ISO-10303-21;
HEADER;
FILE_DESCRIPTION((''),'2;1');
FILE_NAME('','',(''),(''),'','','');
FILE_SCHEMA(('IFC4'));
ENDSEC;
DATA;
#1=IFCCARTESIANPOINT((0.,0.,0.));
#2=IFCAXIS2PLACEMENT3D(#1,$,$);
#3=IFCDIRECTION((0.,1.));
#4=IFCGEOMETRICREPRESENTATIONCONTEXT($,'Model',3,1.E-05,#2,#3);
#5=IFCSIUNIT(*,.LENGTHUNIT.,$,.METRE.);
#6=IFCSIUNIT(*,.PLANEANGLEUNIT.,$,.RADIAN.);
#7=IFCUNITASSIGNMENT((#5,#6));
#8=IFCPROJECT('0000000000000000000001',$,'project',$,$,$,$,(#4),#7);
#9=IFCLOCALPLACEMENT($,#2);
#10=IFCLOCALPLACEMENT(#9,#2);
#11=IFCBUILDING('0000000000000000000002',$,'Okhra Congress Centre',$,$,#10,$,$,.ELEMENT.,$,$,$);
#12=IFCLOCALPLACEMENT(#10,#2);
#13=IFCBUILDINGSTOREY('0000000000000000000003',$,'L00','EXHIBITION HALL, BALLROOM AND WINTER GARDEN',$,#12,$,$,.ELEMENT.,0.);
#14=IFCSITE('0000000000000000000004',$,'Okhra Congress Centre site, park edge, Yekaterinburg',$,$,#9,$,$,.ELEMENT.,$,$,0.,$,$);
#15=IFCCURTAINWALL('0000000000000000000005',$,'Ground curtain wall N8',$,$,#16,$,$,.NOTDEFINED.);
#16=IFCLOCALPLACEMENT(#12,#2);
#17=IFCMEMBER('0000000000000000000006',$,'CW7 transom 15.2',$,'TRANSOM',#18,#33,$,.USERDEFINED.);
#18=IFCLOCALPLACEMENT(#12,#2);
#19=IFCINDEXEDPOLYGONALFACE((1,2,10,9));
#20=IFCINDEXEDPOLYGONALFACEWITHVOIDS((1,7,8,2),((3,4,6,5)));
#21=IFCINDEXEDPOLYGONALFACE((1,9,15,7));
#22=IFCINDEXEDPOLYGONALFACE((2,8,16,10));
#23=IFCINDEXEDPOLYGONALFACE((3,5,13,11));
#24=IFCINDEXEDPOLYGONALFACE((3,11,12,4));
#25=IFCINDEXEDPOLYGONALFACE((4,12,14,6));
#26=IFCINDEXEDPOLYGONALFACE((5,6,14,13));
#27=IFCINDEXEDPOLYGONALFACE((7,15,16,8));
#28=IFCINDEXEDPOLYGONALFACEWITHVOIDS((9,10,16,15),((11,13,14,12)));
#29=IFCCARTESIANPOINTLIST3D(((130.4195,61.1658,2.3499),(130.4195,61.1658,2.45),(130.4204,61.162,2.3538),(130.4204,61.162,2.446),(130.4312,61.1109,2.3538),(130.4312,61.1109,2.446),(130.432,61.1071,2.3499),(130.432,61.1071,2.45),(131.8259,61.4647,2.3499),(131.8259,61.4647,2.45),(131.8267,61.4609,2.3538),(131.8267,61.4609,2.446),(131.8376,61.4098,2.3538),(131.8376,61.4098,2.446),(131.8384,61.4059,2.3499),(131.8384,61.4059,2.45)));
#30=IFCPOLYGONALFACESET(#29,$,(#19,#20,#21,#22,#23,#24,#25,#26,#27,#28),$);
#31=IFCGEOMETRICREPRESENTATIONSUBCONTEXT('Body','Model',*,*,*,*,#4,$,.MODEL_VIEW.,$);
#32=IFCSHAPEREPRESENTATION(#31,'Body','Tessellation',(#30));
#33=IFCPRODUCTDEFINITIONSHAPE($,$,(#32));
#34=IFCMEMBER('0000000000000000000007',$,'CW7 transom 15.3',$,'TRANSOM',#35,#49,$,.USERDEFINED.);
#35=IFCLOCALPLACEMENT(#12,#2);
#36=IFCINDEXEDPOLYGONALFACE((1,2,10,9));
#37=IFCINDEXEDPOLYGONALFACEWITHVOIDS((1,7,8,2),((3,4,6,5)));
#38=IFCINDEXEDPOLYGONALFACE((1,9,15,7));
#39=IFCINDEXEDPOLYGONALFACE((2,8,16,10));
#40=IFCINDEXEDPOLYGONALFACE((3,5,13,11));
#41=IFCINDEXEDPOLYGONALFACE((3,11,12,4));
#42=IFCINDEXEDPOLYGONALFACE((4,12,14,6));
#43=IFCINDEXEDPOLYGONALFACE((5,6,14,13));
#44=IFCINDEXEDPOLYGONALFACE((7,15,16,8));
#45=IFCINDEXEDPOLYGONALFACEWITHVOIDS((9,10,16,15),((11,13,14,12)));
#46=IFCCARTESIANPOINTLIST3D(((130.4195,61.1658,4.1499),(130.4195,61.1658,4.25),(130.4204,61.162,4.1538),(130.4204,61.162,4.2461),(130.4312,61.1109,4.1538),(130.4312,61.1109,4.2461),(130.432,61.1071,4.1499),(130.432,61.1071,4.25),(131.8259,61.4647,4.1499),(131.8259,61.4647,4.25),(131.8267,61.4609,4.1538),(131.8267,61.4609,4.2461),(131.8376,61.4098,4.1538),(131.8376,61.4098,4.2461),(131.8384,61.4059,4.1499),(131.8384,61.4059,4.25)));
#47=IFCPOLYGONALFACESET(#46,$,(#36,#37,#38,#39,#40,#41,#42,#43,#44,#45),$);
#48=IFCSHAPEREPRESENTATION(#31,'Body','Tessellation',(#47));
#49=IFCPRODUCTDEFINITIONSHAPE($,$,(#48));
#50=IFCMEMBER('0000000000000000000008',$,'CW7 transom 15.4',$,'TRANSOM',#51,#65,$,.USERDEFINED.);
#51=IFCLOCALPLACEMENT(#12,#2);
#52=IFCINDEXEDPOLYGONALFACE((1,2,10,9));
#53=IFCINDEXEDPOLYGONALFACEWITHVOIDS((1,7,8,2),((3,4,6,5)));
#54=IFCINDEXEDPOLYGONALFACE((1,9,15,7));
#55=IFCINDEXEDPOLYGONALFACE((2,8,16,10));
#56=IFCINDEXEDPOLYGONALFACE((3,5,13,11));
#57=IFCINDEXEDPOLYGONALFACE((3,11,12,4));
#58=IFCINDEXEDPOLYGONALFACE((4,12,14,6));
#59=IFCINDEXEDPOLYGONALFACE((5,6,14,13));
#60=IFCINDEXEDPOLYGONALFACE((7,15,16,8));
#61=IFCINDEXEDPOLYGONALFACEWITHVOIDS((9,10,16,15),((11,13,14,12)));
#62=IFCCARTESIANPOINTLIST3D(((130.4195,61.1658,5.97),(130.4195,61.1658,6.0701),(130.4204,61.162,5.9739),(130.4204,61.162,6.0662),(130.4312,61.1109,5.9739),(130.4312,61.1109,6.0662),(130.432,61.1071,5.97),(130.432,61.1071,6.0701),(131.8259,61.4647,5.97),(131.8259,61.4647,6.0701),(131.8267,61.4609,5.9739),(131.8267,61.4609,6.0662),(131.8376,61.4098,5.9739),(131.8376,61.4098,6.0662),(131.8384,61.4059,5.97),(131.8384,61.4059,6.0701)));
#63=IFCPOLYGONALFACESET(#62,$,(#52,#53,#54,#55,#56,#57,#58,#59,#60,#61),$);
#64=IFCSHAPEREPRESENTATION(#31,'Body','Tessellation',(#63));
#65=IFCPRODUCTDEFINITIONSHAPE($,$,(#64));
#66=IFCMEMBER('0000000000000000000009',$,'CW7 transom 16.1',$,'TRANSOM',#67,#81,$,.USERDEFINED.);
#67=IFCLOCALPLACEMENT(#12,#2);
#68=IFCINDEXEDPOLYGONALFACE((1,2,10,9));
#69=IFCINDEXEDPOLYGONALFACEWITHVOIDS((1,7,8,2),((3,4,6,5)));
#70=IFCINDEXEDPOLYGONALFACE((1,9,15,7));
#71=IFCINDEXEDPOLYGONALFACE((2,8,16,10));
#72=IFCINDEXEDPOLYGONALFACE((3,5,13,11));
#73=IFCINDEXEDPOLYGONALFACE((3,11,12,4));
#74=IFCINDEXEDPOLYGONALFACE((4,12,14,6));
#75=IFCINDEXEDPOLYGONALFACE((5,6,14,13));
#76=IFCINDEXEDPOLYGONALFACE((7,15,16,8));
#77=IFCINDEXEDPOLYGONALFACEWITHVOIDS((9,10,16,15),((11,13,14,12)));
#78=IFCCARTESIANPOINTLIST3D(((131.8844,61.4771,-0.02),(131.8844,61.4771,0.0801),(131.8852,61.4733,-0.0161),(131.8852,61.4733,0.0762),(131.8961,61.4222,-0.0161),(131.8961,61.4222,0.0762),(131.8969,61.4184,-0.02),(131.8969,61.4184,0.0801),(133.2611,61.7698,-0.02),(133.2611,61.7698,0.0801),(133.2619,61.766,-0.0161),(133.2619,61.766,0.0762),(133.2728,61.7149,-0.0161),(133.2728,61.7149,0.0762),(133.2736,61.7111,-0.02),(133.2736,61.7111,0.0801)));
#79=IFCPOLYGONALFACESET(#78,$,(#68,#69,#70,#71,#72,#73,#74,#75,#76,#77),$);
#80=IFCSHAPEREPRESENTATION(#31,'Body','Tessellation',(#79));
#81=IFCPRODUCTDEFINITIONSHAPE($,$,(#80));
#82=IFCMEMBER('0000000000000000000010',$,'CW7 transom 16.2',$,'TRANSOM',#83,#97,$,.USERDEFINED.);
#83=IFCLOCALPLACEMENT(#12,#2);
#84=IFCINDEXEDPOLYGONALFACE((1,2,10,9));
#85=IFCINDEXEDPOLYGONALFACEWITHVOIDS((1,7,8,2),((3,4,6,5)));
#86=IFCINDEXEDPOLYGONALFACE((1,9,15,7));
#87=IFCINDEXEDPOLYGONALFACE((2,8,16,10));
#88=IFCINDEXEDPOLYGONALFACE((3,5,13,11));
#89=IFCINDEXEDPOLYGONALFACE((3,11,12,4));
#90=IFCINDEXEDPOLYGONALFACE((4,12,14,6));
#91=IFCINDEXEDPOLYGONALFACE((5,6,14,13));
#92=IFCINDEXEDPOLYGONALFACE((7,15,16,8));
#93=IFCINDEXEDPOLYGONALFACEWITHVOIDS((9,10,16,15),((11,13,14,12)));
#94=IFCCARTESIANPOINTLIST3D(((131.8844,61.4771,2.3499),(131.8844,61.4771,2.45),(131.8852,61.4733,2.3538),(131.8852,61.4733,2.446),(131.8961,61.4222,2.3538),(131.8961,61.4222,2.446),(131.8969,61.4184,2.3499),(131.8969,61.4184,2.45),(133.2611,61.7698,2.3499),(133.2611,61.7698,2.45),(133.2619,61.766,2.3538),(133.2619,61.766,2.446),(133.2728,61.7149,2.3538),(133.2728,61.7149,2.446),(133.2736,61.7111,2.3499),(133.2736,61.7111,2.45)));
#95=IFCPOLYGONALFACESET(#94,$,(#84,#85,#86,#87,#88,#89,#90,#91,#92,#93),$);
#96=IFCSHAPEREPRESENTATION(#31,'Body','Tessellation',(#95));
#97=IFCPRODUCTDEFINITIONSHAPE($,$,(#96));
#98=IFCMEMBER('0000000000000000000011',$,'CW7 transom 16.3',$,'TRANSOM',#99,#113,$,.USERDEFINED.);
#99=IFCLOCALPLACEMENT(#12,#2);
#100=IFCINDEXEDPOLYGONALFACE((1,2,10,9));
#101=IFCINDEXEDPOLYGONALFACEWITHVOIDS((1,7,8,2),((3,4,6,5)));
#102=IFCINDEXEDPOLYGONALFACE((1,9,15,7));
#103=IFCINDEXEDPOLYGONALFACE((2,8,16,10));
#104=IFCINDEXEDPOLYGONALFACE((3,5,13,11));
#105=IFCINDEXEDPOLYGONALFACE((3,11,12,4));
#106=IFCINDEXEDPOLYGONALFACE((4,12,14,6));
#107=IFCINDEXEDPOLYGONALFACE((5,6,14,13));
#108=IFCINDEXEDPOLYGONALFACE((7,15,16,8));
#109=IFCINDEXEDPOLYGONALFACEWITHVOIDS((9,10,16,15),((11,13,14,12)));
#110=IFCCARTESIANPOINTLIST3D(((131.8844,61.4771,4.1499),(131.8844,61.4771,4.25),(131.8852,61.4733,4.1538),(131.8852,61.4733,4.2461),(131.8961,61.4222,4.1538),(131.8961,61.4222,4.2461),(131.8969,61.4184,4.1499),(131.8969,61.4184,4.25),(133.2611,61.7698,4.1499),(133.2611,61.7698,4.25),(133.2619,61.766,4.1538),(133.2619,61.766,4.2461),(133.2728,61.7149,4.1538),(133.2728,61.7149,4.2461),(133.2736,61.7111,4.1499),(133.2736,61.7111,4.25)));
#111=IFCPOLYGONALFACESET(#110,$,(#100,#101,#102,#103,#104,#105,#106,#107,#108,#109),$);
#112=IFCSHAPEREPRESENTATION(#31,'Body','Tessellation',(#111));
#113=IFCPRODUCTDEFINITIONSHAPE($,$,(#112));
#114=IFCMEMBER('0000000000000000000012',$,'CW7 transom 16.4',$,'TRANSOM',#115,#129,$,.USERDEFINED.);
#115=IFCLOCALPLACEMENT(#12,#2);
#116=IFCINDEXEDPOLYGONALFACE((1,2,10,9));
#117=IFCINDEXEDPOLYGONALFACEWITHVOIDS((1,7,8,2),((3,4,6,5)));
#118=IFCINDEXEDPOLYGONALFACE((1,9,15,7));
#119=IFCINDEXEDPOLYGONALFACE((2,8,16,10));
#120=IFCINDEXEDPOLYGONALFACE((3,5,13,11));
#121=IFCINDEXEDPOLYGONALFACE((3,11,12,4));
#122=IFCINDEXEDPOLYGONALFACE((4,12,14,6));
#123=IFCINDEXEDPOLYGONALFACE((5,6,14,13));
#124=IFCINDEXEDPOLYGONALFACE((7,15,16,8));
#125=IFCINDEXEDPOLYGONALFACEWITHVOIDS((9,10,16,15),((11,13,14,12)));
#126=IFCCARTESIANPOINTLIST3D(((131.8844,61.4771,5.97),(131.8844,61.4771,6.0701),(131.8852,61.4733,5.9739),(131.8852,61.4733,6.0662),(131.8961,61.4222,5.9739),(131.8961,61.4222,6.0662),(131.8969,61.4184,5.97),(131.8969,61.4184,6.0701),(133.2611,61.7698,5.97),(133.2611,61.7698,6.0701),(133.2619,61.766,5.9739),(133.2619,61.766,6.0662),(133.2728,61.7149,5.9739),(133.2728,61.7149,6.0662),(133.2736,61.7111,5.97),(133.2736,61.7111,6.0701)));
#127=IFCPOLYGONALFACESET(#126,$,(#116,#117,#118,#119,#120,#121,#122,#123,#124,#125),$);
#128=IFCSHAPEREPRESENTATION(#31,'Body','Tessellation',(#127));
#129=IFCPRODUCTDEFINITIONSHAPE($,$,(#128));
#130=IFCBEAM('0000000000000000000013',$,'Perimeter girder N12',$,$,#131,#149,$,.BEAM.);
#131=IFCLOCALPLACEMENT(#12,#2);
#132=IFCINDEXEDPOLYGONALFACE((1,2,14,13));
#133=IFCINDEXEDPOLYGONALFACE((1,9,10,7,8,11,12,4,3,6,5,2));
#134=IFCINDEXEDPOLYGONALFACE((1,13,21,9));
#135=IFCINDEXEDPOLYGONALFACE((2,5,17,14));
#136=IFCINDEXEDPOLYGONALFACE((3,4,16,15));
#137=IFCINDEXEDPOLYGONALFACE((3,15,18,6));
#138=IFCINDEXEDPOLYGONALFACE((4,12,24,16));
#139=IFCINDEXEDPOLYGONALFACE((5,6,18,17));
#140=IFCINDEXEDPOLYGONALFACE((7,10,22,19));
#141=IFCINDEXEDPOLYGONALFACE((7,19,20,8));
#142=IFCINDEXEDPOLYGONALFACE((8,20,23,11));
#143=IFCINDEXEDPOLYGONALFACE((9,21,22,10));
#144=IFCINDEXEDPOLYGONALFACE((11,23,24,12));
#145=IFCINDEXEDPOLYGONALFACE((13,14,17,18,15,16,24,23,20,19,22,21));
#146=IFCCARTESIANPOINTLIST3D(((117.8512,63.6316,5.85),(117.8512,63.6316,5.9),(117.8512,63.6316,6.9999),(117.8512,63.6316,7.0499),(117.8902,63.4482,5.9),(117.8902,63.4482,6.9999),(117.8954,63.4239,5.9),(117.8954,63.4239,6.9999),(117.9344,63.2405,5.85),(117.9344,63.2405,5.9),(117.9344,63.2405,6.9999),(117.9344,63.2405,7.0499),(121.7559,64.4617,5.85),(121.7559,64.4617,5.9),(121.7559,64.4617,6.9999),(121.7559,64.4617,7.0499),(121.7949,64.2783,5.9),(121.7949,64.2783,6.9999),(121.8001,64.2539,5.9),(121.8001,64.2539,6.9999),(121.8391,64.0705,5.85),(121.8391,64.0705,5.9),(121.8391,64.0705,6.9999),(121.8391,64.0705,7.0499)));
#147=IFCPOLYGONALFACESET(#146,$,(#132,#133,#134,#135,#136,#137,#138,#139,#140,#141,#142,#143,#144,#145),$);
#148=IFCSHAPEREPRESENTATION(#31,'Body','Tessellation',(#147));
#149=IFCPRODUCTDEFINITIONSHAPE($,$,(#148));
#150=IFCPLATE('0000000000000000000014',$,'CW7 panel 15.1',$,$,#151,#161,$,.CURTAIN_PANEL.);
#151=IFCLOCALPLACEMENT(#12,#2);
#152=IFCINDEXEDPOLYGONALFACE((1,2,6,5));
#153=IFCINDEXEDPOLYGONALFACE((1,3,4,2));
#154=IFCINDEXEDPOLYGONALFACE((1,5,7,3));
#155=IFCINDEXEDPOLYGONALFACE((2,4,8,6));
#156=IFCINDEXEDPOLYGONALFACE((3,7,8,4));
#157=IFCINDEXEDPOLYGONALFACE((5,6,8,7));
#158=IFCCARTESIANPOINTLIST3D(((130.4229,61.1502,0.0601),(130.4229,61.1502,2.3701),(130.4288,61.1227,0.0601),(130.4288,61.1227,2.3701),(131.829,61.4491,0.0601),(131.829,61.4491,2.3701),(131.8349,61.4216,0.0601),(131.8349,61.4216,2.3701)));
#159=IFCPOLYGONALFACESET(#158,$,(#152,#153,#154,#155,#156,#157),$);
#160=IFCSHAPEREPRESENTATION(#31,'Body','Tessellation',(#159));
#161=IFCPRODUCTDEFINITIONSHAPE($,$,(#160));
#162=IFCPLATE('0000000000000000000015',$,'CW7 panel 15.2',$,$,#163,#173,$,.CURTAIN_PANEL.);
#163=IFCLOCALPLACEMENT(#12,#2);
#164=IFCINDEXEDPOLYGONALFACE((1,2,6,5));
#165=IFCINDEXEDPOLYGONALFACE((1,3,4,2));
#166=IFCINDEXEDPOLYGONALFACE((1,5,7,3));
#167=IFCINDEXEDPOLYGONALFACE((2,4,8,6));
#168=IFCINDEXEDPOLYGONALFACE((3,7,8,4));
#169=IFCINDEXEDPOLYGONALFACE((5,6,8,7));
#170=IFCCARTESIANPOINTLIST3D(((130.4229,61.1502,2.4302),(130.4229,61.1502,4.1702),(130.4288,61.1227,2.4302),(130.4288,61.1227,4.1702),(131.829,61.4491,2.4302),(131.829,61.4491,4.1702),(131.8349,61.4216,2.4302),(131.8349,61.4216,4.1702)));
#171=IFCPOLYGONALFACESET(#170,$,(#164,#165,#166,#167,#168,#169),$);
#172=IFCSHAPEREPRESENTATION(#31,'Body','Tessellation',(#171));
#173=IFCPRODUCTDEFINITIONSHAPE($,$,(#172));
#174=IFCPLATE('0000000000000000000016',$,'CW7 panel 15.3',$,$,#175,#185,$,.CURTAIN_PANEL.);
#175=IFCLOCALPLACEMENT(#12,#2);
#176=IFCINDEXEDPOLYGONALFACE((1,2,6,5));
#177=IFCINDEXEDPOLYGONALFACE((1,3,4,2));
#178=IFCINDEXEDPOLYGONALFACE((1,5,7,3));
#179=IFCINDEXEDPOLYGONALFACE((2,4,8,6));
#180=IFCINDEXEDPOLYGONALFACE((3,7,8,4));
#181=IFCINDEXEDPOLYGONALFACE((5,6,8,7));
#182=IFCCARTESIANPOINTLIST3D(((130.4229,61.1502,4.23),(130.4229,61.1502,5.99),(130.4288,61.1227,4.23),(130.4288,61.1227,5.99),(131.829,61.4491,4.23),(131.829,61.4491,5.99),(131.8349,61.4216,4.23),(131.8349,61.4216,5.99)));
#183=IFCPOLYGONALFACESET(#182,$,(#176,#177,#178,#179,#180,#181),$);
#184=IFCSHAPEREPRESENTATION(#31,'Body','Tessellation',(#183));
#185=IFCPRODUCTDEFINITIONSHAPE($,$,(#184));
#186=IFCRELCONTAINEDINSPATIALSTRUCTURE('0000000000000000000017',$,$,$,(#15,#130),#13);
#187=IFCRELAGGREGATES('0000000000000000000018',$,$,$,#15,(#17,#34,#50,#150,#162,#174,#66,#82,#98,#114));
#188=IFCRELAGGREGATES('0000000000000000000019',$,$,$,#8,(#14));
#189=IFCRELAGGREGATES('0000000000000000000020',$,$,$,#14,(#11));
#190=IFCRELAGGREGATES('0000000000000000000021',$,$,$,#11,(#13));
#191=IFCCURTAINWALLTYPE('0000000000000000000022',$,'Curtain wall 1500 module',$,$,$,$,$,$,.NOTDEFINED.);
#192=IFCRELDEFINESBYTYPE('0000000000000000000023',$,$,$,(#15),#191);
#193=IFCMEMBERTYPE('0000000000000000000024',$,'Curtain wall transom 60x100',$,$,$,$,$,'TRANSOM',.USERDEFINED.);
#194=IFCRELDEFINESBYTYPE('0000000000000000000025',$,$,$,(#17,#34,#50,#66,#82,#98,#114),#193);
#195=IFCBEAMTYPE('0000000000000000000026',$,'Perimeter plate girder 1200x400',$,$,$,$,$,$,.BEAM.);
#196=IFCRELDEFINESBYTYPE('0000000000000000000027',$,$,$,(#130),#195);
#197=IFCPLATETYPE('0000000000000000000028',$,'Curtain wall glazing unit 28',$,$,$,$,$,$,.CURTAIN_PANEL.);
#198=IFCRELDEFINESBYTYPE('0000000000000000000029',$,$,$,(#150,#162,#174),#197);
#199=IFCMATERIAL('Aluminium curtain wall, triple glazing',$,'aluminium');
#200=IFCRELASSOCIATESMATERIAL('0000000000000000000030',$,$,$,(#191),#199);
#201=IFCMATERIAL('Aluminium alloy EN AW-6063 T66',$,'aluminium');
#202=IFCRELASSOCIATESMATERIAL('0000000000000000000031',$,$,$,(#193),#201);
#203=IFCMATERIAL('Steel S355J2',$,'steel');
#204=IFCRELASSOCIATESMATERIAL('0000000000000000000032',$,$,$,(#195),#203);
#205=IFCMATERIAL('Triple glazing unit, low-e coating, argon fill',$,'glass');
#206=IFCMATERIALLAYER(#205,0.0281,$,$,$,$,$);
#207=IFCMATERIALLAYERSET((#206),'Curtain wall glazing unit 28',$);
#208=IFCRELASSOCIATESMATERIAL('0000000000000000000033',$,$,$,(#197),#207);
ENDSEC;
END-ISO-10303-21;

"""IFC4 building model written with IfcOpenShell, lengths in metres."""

from ifc_helpers import new_model, si_unit, direction, frame, origin, origin_2d, place, context, subcontext, project, spatial, rectangle, hollow_rectangle, i_section, extrude, material, layer, layer_set, material_profile, profile_set, type_object, element, aggregate, save


model = new_model("IFC4")

# Units and contexts
model_context = context("Model", 3, precision=1e-05, world=origin(), true_north=direction((0.0, 1.0)))
body_context = subcontext(model_context, "Body", "Model", "MODEL_VIEW")
ifc_project = project(units=[si_unit("LENGTHUNIT", "METRE"), si_unit("PLANEANGLEUNIT", "RADIAN")], contexts=[model_context])

# Site, building, storey
site_placement = place(None, origin())
site = spatial("IfcSite", under=ifc_project, at=site_placement, Name="Okhra Congress Centre site, park edge, Yekaterinburg", CompositionType="ELEMENT", RefElevation=0.0)
building_placement = place(site_placement, origin())
building = spatial("IfcBuilding", under=site, at=building_placement, Name="Okhra Congress Centre", CompositionType="ELEMENT")
storey_placement = place(building_placement, origin())
storey = spatial("IfcBuildingStorey", under=building, at=storey_placement, Name="L00", Description="EXHIBITION HALL, BALLROOM AND WINTER GARDEN", CompositionType="ELEMENT", Elevation=0.0)

# Curtain wall, members
ifc_material_1 = material(Name="Aluminium curtain wall, triple glazing", Category="aluminium")
curtain_wall_type = type_object("IfcCurtainWallType", Name="Curtain wall 1500 module", PredefinedType="NOTDEFINED", material=ifc_material_1)
curtain_wall_placement = place(storey_placement, origin())
curtain_wall = element("IfcCurtainWall", 1, at=curtain_wall_placement, inside=storey, type_object=curtain_wall_type, Name="Ground curtain wall N8", PredefinedType="NOTDEFINED")
ifc_material_2 = material(Name="Aluminium alloy EN AW-6063 T66", Category="aluminium")
ifc_material_profile_1 = material_profile(ifc_material_2, hollow_rectangle(XDim=0.0601, YDim=0.1001, WallThickness=0.0039, at=origin_2d()), Name="RHS 60x100x4")
ifc_profile_set_1 = profile_set([ifc_material_profile_1], Name="Aluminium alloy EN AW-6063 T66")
member_type_1 = type_object("IfcMemberType", Name="Curtain wall transom 60x100", ElementType="TRANSOM", PredefinedType="USERDEFINED", material=ifc_profile_set_1)
member_1_placement = place(storey_placement, frame((130.4258, 61.1365, 2.3999), z_axis=(0.978159, 0.207859, 0.0), x_axis=(-0.207859, 0.978159, 0.0)))
member_1 = element("IfcMember", 2, at=member_1_placement, type_object=member_type_1, Name="CW7 transom 15.2", ObjectType="TRANSOM", PredefinedType="USERDEFINED", context=body_context, shape_type="SweptSolid", body=[
    extrude(hollow_rectangle(XDim=0.0601, YDim=0.1001, WallThickness=0.0039, at=origin_2d()), origin(), (0.0, 0.0, 1.0), 1.4377),
])
member_2_placement = place(storey_placement, frame((130.4258, 61.1365, 4.2), z_axis=(0.978159, 0.207859, 0.0), x_axis=(-0.207859, 0.978159, 0.0)))
member_2 = element("IfcMember", 3, at=member_2_placement, type_object=member_type_1, Name="CW7 transom 15.3", ObjectType="TRANSOM", PredefinedType="USERDEFINED", context=body_context, shape_type="SweptSolid", body=[
    extrude(hollow_rectangle(XDim=0.0601, YDim=0.1001, WallThickness=0.0039, at=origin_2d()), origin(), (0.0, 0.0, 1.0), 1.4377),
])
member_3_placement = place(storey_placement, frame((130.4258, 61.1365, 6.02), z_axis=(0.978159, 0.207859, 0.0), x_axis=(-0.207859, 0.978159, 0.0)))
member_3 = element("IfcMember", 4, at=member_3_placement, type_object=member_type_1, Name="CW7 transom 15.4", ObjectType="TRANSOM", PredefinedType="USERDEFINED", context=body_context, shape_type="SweptSolid", body=[
    extrude(hollow_rectangle(XDim=0.0601, YDim=0.1001, WallThickness=0.0039, at=origin_2d()), origin(), (0.0, 0.0, 1.0), 1.4377),
])
member_4_placement = place(storey_placement, frame((131.8906, 61.4478, 0.03), z_axis=(0.978134, 0.207977, 0.0), x_axis=(-0.207977, 0.978134, 0.0)))
member_4 = element("IfcMember", 5, at=member_4_placement, type_object=member_type_1, Name="CW7 transom 16.1", ObjectType="TRANSOM", PredefinedType="USERDEFINED", context=body_context, shape_type="SweptSolid", body=[
    extrude(hollow_rectangle(XDim=0.0601, YDim=0.1001, WallThickness=0.0039, at=origin_2d()), origin(), (0.0, 0.0, 1.0), 1.4075),
])
member_5_placement = place(storey_placement, frame((131.8906, 61.4478, 2.3999), z_axis=(0.978134, 0.207977, 0.0), x_axis=(-0.207977, 0.978134, 0.0)))
member_5 = element("IfcMember", 6, at=member_5_placement, type_object=member_type_1, Name="CW7 transom 16.2", ObjectType="TRANSOM", PredefinedType="USERDEFINED", context=body_context, shape_type="SweptSolid", body=[
    extrude(hollow_rectangle(XDim=0.0601, YDim=0.1001, WallThickness=0.0039, at=origin_2d()), origin(), (0.0, 0.0, 1.0), 1.4075),
])
member_6_placement = place(storey_placement, frame((131.8906, 61.4478, 4.2), z_axis=(0.978134, 0.207977, 0.0), x_axis=(-0.207977, 0.978134, 0.0)))
member_6 = element("IfcMember", 7, at=member_6_placement, type_object=member_type_1, Name="CW7 transom 16.3", ObjectType="TRANSOM", PredefinedType="USERDEFINED", context=body_context, shape_type="SweptSolid", body=[
    extrude(hollow_rectangle(XDim=0.0601, YDim=0.1001, WallThickness=0.0039, at=origin_2d()), origin(), (0.0, 0.0, 1.0), 1.4075),
])
member_7_placement = place(storey_placement, frame((131.8906, 61.4478, 6.02), z_axis=(0.978134, 0.207977, 0.0), x_axis=(-0.207977, 0.978134, 0.0)))
member_7 = element("IfcMember", 8, at=member_7_placement, type_object=member_type_1, Name="CW7 transom 16.4", ObjectType="TRANSOM", PredefinedType="USERDEFINED", context=body_context, shape_type="SweptSolid", body=[
    extrude(hollow_rectangle(XDim=0.0601, YDim=0.1001, WallThickness=0.0039, at=origin_2d()), origin(), (0.0, 0.0, 1.0), 1.4075),
])

# Beam
ifc_material_3 = material(Name="Steel S355J2", Category="steel")
ifc_material_profile_2 = material_profile(ifc_material_3, i_section(OverallWidth=0.3999, OverallDepth=1.2, WebThickness=0.0249, FlangeThickness=0.05, at=origin_2d()), Name="Plate girder 1200x400")
ifc_profile_set_2 = profile_set([ifc_material_profile_2], Name="Steel S355J2")
beam_type = type_object("IfcBeamType", Name="Perimeter plate girder 1200x400", PredefinedType="BEAM", material=ifc_profile_set_2)
beam_placement = place(storey_placement, frame((117.8928, 63.436, 6.45), z_axis=(0.978143, 0.207933, 0.0), x_axis=(-0.207933, 0.978143, 0.0)))
element("IfcBeam", 9, at=beam_placement, inside=storey, type_object=beam_type, Name="Perimeter girder N12", PredefinedType="BEAM", context=body_context, shape_type="SweptSolid", body=[
    extrude(i_section(OverallWidth=0.3999, OverallDepth=1.2, WebThickness=0.0249, FlangeThickness=0.05, at=origin_2d()), origin(), (0.0, 0.0, 1.0), 3.9919),
])

# Plates
ifc_material_4 = material(Name="Triple glazing unit, low-e coating, argon fill", Category="glass")
ifc_layer_1 = layer(ifc_material_4, 0.0281)
ifc_layer_set_1 = layer_set([ifc_layer_1], Name="Curtain wall glazing unit 28")
plate_type = type_object("IfcPlateType", Name="Curtain wall glazing unit 28", PredefinedType="CURTAIN_PANEL", material=ifc_layer_set_1)
plate_1_placement = place(storey_placement, frame((131.1289, 61.2859, 0.0601), z_axis=(0.0, 0.0, 1.0), x_axis=(0.978148, 0.207912, 0.0)))
plate_1 = element("IfcPlate", 10, at=plate_1_placement, type_object=plate_type, Name="CW7 panel 15.1", PredefinedType="CURTAIN_PANEL", context=body_context, shape_type="SweptSolid", body=[
    extrude(rectangle(XDim=1.4375, YDim=0.0281, at=origin_2d()), origin(), (0.0, 0.0, 1.0), 2.3101),
])
plate_2_placement = place(storey_placement, frame((131.1289, 61.2859, 2.4302), z_axis=(0.0, 0.0, 1.0), x_axis=(0.978148, 0.207912, 0.0)))
plate_2 = element("IfcPlate", 11, at=plate_2_placement, type_object=plate_type, Name="CW7 panel 15.2", PredefinedType="CURTAIN_PANEL", context=body_context, shape_type="SweptSolid", body=[
    extrude(rectangle(XDim=1.4375, YDim=0.0281, at=origin_2d()), origin(), (0.0, 0.0, 1.0), 1.74),
])
plate_3_placement = place(storey_placement, frame((131.1289, 61.2859, 4.23), z_axis=(0.0, 0.0, 1.0), x_axis=(0.978148, 0.207912, 0.0)))
plate_3 = element("IfcPlate", 12, at=plate_3_placement, type_object=plate_type, Name="CW7 panel 15.3", PredefinedType="CURTAIN_PANEL", context=body_context, shape_type="SweptSolid", body=[
    extrude(rectangle(XDim=1.4375, YDim=0.0281, at=origin_2d()), origin(), (0.0, 0.0, 1.0), 1.76),
])
aggregate(curtain_wall, [member_1, member_2, member_3, plate_1, plate_2, plate_3, member_4, member_5, member_6, member_7])

save(model, "model.ifc")
